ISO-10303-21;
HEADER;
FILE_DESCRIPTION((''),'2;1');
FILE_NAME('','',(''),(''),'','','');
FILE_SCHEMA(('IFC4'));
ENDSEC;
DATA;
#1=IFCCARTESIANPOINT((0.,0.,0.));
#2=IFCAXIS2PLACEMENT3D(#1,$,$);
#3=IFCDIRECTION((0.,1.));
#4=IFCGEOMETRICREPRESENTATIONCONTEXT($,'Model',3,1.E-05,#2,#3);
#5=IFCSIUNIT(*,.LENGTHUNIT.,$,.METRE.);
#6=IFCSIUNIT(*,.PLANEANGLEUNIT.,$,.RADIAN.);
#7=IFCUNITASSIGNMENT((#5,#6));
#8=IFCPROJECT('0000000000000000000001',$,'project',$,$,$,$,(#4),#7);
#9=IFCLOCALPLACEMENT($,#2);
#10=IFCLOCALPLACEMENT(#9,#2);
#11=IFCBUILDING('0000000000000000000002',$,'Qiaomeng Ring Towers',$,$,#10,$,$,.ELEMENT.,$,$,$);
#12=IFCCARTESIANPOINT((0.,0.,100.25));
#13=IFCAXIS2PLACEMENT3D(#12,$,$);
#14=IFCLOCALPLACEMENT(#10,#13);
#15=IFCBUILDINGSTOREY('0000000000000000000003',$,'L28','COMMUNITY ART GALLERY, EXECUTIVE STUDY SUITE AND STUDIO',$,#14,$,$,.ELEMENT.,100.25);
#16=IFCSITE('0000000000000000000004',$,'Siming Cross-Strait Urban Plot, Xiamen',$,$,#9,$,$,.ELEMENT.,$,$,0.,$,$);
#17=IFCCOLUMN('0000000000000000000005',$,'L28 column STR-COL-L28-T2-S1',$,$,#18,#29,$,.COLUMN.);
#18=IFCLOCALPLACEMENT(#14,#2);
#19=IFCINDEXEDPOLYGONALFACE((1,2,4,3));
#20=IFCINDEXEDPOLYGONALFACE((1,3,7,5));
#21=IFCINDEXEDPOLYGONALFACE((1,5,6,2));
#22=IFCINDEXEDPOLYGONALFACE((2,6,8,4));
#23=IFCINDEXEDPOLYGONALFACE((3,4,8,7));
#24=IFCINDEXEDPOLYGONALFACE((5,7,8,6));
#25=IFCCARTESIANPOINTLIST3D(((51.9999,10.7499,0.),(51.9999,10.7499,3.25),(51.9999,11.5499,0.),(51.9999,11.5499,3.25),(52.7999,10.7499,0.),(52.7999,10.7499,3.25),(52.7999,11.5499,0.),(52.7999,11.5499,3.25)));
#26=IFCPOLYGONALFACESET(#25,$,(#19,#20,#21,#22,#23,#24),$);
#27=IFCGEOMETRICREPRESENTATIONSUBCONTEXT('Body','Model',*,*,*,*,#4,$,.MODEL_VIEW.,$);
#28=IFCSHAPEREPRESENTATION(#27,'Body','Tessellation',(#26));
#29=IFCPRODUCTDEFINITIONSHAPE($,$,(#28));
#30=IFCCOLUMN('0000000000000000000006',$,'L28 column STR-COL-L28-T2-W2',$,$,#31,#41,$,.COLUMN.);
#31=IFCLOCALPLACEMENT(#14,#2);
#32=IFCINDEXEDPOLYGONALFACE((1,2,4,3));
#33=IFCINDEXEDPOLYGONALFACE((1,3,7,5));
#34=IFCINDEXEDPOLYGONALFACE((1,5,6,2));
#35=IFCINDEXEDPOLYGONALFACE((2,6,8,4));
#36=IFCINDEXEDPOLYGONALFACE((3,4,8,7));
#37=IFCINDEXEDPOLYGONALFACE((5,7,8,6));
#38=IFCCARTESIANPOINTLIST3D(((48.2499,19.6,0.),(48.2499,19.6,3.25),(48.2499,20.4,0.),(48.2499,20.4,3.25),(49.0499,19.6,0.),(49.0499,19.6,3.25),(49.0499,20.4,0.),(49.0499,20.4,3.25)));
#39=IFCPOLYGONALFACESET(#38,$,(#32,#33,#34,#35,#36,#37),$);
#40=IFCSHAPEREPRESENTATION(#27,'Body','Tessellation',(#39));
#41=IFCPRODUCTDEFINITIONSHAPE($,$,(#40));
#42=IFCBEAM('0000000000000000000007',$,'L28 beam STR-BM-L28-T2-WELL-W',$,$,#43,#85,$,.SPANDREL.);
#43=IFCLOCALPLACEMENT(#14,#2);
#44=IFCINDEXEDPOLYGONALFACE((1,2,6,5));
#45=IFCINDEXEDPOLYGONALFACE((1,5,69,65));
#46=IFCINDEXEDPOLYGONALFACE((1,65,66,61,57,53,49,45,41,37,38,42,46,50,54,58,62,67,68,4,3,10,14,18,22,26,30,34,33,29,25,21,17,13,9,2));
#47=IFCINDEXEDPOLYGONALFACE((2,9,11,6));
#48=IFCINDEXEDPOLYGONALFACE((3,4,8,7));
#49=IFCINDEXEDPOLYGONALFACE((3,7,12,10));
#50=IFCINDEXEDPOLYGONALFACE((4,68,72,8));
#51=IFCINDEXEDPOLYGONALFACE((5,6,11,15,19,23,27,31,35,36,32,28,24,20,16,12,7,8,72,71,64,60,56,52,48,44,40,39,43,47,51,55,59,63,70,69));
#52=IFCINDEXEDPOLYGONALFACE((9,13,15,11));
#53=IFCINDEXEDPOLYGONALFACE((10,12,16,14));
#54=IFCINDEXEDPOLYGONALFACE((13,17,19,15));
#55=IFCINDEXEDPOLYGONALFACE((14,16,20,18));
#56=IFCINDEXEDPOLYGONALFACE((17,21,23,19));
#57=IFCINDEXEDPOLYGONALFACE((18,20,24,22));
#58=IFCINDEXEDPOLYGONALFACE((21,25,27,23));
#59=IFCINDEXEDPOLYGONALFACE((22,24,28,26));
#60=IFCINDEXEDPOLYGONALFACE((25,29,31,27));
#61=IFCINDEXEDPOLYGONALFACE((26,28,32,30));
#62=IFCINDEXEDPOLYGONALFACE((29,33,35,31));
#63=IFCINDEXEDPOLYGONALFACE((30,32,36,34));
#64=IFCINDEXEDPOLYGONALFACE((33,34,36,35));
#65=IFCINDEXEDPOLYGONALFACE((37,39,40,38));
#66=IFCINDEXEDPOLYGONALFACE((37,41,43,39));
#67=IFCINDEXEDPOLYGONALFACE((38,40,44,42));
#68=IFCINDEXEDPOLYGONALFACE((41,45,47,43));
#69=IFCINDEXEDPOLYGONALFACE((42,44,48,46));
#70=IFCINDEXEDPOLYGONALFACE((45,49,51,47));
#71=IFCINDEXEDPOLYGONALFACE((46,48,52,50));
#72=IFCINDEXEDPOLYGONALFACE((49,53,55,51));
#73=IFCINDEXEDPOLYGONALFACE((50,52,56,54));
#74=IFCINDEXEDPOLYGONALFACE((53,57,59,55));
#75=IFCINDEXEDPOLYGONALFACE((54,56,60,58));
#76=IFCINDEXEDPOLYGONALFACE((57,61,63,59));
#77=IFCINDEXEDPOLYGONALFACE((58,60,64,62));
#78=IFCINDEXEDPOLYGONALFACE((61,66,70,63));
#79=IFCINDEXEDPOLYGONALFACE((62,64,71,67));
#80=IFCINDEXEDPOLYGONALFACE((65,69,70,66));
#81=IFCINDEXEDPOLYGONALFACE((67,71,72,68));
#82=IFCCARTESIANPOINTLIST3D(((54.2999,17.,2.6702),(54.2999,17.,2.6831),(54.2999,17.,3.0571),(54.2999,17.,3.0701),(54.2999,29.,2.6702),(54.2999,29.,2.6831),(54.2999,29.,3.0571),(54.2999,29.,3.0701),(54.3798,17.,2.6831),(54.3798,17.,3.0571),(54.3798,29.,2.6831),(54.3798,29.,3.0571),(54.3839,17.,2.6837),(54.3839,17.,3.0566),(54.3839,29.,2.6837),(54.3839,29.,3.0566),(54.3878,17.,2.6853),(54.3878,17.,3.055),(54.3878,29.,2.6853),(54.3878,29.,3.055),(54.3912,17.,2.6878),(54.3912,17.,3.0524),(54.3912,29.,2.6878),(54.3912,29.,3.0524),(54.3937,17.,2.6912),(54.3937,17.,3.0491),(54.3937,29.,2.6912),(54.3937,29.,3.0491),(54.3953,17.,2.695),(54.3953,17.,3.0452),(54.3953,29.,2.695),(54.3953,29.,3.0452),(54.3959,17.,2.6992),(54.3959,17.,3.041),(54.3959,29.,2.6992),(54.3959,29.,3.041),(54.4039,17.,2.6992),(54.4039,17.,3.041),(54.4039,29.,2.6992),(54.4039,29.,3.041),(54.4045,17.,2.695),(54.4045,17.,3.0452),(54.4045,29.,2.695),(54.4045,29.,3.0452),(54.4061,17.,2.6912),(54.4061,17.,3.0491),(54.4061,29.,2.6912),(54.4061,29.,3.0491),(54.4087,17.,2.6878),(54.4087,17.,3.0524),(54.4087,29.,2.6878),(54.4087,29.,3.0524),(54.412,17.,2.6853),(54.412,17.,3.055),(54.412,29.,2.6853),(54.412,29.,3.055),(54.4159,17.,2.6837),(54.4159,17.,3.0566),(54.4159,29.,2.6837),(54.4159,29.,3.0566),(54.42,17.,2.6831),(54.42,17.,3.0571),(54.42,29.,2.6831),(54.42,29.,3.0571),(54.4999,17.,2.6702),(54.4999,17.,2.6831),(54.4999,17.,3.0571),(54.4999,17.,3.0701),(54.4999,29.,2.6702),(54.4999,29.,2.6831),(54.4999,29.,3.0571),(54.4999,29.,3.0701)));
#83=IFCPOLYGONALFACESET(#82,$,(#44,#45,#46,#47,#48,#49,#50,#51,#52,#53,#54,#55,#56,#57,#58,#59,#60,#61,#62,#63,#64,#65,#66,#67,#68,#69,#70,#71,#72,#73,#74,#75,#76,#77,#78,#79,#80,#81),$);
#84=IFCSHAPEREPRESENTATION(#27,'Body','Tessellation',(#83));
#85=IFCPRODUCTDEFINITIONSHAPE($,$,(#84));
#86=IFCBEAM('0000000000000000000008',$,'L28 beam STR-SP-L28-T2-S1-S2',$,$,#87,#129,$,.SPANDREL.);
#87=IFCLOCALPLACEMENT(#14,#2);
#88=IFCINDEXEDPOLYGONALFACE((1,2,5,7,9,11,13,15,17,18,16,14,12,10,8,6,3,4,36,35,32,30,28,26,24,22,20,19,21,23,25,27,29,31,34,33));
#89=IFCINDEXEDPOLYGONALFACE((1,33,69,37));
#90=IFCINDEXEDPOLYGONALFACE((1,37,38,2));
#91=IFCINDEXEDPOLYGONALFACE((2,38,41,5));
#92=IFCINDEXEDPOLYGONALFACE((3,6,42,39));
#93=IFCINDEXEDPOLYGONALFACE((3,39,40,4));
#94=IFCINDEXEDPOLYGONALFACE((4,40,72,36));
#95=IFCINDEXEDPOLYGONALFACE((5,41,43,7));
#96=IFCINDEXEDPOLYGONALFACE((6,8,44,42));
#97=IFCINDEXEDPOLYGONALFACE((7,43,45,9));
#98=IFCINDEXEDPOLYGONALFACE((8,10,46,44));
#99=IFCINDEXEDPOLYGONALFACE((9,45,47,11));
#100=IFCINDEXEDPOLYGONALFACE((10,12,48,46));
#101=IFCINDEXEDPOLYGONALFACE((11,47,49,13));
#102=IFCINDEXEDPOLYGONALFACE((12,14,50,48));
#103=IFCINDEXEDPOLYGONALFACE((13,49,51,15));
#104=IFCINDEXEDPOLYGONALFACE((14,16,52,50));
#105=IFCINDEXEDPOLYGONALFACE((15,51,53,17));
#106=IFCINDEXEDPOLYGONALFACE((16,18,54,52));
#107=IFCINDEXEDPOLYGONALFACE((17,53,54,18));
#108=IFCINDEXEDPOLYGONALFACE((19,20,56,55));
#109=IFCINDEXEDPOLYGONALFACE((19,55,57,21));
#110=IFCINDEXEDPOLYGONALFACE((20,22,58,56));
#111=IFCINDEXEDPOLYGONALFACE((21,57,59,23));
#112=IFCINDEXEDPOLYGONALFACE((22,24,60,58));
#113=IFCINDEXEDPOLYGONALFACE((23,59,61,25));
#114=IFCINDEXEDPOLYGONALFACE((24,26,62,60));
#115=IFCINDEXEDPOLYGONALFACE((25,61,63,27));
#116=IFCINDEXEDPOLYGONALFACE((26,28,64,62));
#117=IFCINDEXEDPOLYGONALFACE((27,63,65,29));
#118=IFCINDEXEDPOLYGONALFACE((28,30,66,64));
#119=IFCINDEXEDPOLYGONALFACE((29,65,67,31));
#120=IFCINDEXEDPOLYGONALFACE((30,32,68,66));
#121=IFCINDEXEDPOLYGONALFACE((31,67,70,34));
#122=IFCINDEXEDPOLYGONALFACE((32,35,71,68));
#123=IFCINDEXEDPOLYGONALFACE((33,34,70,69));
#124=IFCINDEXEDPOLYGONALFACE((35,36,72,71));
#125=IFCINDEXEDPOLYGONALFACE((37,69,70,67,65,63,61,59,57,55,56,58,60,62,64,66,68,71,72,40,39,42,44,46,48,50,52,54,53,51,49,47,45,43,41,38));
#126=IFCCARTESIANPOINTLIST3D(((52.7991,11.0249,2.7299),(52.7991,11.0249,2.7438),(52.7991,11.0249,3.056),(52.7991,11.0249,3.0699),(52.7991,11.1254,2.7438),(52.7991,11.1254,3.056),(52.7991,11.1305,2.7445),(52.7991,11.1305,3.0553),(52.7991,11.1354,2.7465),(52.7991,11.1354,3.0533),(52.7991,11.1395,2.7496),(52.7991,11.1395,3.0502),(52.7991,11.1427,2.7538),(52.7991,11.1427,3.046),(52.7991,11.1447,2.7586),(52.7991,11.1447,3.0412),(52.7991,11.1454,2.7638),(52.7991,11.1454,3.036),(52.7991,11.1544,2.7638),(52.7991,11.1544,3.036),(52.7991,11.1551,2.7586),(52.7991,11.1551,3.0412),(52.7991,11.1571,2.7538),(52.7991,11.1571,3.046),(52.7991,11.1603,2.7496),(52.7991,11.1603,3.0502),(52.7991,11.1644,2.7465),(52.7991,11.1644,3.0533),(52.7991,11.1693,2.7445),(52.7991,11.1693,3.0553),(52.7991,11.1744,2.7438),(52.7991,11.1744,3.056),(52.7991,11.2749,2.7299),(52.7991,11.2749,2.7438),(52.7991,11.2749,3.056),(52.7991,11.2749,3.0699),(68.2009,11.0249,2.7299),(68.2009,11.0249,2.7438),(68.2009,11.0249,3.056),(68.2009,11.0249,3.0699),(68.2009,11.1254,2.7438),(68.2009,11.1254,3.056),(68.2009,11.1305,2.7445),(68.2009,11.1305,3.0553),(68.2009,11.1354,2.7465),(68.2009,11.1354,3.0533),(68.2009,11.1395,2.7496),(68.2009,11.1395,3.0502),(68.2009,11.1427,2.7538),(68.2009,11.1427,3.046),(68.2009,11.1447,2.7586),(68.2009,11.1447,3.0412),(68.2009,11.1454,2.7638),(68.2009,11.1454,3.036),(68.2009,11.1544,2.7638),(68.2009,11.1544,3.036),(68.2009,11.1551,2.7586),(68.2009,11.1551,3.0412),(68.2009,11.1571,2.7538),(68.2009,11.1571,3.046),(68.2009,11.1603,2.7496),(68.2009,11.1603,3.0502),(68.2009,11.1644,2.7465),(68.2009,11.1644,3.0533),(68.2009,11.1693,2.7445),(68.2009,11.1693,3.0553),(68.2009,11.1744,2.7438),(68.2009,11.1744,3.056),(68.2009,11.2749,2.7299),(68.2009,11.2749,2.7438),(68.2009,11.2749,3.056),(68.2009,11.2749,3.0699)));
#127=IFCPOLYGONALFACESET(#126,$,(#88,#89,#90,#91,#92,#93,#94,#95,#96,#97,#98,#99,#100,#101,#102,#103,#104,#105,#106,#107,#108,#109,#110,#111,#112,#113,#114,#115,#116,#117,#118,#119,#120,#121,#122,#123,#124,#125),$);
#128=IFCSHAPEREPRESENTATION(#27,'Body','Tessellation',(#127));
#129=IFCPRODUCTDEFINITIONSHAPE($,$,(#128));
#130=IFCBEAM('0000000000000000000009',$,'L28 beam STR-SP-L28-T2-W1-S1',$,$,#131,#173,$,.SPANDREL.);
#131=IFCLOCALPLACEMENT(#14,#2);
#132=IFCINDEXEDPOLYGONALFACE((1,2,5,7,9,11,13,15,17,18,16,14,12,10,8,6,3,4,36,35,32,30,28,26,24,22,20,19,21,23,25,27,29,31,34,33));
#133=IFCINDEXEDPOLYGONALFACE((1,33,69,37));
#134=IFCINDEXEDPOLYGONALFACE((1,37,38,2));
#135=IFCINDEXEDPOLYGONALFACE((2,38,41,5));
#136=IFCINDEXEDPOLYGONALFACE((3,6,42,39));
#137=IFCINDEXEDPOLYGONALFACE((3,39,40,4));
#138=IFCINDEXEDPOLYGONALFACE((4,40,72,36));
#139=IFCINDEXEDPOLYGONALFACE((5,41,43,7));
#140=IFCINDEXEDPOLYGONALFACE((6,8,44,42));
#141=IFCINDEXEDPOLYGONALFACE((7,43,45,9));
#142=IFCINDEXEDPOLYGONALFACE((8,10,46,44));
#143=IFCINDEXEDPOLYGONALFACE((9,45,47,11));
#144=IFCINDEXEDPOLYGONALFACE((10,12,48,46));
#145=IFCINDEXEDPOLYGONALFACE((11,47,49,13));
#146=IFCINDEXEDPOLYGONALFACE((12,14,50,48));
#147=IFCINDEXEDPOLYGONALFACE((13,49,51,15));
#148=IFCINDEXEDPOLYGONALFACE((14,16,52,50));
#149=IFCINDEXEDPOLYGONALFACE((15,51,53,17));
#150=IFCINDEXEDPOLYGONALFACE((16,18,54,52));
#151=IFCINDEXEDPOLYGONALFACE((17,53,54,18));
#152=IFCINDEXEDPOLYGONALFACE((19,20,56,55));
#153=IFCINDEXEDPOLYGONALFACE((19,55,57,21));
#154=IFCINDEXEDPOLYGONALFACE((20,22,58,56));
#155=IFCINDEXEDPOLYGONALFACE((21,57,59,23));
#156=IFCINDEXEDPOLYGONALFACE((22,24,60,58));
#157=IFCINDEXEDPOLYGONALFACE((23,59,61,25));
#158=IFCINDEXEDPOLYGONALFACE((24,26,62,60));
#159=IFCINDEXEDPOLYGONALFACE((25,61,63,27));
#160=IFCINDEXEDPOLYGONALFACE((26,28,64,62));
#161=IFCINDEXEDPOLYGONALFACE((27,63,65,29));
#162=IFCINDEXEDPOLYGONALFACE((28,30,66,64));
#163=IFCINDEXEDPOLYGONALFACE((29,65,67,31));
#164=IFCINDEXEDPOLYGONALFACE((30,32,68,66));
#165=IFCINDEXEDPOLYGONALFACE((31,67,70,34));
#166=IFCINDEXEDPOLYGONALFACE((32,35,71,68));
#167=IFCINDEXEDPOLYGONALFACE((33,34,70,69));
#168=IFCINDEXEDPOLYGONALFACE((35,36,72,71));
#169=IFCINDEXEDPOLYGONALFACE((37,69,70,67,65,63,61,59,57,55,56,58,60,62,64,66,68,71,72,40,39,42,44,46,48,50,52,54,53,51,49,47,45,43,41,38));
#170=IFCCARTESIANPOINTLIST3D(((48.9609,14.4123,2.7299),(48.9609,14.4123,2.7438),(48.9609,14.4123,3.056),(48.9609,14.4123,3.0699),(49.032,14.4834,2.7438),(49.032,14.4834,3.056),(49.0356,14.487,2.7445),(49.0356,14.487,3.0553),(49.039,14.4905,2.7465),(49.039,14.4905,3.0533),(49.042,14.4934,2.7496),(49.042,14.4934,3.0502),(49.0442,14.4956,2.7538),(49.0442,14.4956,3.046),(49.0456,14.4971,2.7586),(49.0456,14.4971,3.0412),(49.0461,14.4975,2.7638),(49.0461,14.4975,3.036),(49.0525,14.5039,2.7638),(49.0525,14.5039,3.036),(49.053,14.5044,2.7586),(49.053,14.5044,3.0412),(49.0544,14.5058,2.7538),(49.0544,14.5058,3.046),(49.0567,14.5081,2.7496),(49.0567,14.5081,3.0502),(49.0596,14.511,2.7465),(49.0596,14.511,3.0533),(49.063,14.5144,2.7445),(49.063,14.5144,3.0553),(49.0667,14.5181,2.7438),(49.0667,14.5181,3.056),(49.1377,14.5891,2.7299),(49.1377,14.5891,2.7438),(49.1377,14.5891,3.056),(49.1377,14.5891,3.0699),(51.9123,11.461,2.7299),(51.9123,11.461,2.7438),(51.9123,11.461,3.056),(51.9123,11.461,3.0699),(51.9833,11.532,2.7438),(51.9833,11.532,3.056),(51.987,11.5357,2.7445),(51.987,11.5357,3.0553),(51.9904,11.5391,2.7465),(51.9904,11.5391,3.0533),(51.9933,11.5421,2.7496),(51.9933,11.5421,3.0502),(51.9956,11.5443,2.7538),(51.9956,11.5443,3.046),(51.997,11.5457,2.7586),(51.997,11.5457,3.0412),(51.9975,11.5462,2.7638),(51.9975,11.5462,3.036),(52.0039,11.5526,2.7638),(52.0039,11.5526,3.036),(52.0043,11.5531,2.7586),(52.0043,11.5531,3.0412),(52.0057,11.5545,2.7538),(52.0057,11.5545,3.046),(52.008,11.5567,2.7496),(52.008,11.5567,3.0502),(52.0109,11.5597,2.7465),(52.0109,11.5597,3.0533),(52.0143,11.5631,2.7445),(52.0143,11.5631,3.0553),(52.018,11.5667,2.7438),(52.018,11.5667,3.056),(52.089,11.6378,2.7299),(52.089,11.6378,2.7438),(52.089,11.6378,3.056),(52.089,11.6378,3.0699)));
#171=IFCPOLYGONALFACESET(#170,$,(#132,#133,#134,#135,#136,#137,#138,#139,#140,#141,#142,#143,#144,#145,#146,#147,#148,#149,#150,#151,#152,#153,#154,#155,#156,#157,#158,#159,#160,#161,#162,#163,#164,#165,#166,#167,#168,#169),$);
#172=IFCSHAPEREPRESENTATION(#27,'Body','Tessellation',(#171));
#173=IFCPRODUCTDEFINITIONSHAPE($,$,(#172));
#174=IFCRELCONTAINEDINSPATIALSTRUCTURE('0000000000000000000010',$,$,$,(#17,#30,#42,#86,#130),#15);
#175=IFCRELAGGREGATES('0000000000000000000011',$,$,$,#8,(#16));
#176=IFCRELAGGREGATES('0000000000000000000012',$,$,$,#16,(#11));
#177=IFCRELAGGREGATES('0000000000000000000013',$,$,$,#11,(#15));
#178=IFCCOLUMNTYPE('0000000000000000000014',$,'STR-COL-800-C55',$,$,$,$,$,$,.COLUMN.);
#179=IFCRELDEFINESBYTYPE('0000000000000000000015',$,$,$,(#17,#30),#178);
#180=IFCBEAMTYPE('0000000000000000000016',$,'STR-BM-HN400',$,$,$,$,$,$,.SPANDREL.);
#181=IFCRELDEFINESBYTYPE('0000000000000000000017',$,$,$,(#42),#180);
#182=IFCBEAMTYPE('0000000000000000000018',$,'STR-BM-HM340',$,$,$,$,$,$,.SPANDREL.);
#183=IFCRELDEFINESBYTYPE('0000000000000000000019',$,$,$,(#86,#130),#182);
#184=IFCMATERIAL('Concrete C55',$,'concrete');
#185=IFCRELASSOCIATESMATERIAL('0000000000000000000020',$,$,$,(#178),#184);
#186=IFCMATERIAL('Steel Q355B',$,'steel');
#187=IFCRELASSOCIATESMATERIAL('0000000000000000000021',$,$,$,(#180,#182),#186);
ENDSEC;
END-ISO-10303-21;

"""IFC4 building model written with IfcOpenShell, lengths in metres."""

from ifc_helpers import new_model, si_unit, direction, frame, origin, origin_2d, place, context, subcontext, project, spatial, rectangle, i_section, extrude, source, transform, mapped, material, material_profile, profile_set, type_object, element, save


model = new_model("IFC4")

# Units and contexts
model_context = context("Model", 3, precision=1e-05, world=origin(), true_north=direction((0.0, 1.0)))
body_context = subcontext(model_context, "Body", "Model", "MODEL_VIEW")
ifc_project = project(units=[si_unit("LENGTHUNIT", "METRE"), si_unit("PLANEANGLEUNIT", "RADIAN")], contexts=[model_context])

# Site, building, storey
site_placement = place(None, origin())
site = spatial("IfcSite", under=ifc_project, at=site_placement, Name="Siming Cross-Strait Urban Plot, Xiamen", CompositionType="ELEMENT", RefElevation=0.0)
building_placement = place(site_placement, origin())
building = spatial("IfcBuilding", under=site, at=building_placement, Name="Qiaomeng Ring Towers", CompositionType="ELEMENT")
storey_placement = place(building_placement, frame((0.0, 0.0, 100.25)))
storey = spatial("IfcBuildingStorey", under=building, at=storey_placement, Name="L28", Description="COMMUNITY ART GALLERY, EXECUTIVE STUDY SUITE AND STUDIO", CompositionType="ELEMENT", Elevation=100.25)

# Columns
ifc_material_1 = material(Name="Concrete C55", Category="concrete")
ifc_material_profile_1 = material_profile(ifc_material_1, rectangle(XDim=0.8, YDim=0.8, at=origin_2d()), Name="RC COL 800x800")
ifc_profile_set_1 = profile_set([ifc_material_profile_1], Name="Concrete C55")
column_type = type_object("IfcColumnType", Name="STR-COL-800-C55", PredefinedType="COLUMN", material=ifc_profile_set_1)
shared_shape_1 = source(origin(), body_context, "Body", "SweptSolid", [
    extrude(rectangle(XDim=0.8, YDim=0.8, at=origin_2d()), origin(), (0.0, 0.0, 1.0), 3.25),
])
for number, where, z_axis, x_axis, name in (
    (1, (52.3999, 11.1499, 0.0), (0.0, 0.0, 1.0), (1.0, 0.0, 0.0), "L28 column STR-COL-L28-T2-S1"),
    (2, (48.6499, 20.0, 0.0), (0.0, 0.0, 1.0), (1.0, 0.0, 0.0), "L28 column STR-COL-L28-T2-W2"),
):
    element("IfcColumn", number, at=place(storey_placement, frame(where, z_axis=z_axis, x_axis=x_axis)), inside=storey, type_object=column_type, Name=name, PredefinedType="COLUMN", context=body_context, shape_type="MappedRepresentation", body=[
        mapped(shared_shape_1, transform((0.0, 0.0, 0.0), x_axis=(1.0, 0.0, 0.0), y_axis=(0.0, 1.0, 0.0), z_axis=(0.0, 0.0, 1.0), scale=1.0)),
    ])

# Beams
ifc_material_2 = material(Name="Steel Q355B", Category="steel")
ifc_material_profile_2 = material_profile(ifc_material_2, i_section(OverallWidth=0.2, OverallDepth=0.3999, WebThickness=0.0081, FlangeThickness=0.0129, FilletRadius=0.0161, at=origin_2d()), Name="HN 400x200x8x13")
ifc_profile_set_2 = profile_set([ifc_material_profile_2], Name="Steel Q355B")
beam_type_1 = type_object("IfcBeamType", Name="STR-BM-HN400", PredefinedType="SPANDREL", material=ifc_profile_set_2)
shared_shape_2 = source(origin(), body_context, "Body", "SweptSolid", [
    extrude(i_section(OverallWidth=0.2, OverallDepth=0.3999, WebThickness=0.0081, FlangeThickness=0.0129, FilletRadius=0.0161, at=origin_2d()), origin(), (0.0, 0.0, 1.0), 12.0),
])
beam_1_placement = place(storey_placement, frame((54.3999, 17.0, 2.8701), z_axis=(0.0, 1.0, 0.0), x_axis=(-1.0, 0.0, 0.0)))
element("IfcBeam", 3, at=beam_1_placement, inside=storey, type_object=beam_type_1, Name="L28 beam STR-BM-L28-T2-WELL-W", PredefinedType="SPANDREL", context=body_context, shape_type="MappedRepresentation", body=[
    mapped(shared_shape_2, transform((0.0, 0.0, 0.0), x_axis=(1.0, 0.0, 0.0), y_axis=(0.0, 1.0, 0.0), z_axis=(0.0, 0.0, 1.0), scale=1.0)),
])
ifc_material_profile_3 = material_profile(ifc_material_2, i_section(OverallWidth=0.25, OverallDepth=0.3401, WebThickness=0.009, FlangeThickness=0.0139, FilletRadius=0.02, at=origin_2d()), Name="HM 340x250x9x14")
ifc_profile_set_3 = profile_set([ifc_material_profile_3], Name="Steel Q355B")
beam_type_2 = type_object("IfcBeamType", Name="STR-BM-HM340", PredefinedType="SPANDREL", material=ifc_profile_set_3)
shared_shape_3 = source(origin(), body_context, "Body", "SweptSolid", [
    extrude(i_section(OverallWidth=0.25, OverallDepth=0.3401, WebThickness=0.009, FlangeThickness=0.0139, FilletRadius=0.02, at=origin_2d()), origin(), (0.0, 0.0, 1.0), 15.4019),
])
beam_2_placement = place(storey_placement, frame((52.7991, 11.1499, 2.8999), z_axis=(1.0, 0.0, 0.0), x_axis=(0.0, 1.0, 0.0)))
element("IfcBeam", 4, at=beam_2_placement, inside=storey, type_object=beam_type_2, Name="L28 beam STR-SP-L28-T2-S1-S2", PredefinedType="SPANDREL", context=body_context, shape_type="MappedRepresentation", body=[
    mapped(shared_shape_3, transform((0.0, 0.0, 0.0), x_axis=(1.0, 0.0, 0.0), y_axis=(0.0, 1.0, 0.0), z_axis=(0.0, 0.0, 1.0), scale=1.0)),
])
shared_shape_4 = source(origin(), body_context, "Body", "SweptSolid", [
    extrude(i_section(OverallWidth=0.25, OverallDepth=0.3401, WebThickness=0.009, FlangeThickness=0.0139, FilletRadius=0.02, at=origin_2d()), origin(), (0.0, 0.0, 1.0), 4.1738),
])
beam_3_placement = place(storey_placement, frame((49.0493, 14.5007, 2.8999), z_axis=(0.707107, -0.707107, 0.0), x_axis=(0.707107, 0.707107, 0.0)))
element("IfcBeam", 5, at=beam_3_placement, inside=storey, type_object=beam_type_2, Name="L28 beam STR-SP-L28-T2-W1-S1", PredefinedType="SPANDREL", context=body_context, shape_type="MappedRepresentation", body=[
    mapped(shared_shape_4, transform((0.0, 0.0, 0.0), x_axis=(1.0, 0.0, 0.0), y_axis=(0.0, 1.0, 0.0), z_axis=(0.0, 0.0, 1.0), scale=1.0)),
])

save(model, "model.ifc")
